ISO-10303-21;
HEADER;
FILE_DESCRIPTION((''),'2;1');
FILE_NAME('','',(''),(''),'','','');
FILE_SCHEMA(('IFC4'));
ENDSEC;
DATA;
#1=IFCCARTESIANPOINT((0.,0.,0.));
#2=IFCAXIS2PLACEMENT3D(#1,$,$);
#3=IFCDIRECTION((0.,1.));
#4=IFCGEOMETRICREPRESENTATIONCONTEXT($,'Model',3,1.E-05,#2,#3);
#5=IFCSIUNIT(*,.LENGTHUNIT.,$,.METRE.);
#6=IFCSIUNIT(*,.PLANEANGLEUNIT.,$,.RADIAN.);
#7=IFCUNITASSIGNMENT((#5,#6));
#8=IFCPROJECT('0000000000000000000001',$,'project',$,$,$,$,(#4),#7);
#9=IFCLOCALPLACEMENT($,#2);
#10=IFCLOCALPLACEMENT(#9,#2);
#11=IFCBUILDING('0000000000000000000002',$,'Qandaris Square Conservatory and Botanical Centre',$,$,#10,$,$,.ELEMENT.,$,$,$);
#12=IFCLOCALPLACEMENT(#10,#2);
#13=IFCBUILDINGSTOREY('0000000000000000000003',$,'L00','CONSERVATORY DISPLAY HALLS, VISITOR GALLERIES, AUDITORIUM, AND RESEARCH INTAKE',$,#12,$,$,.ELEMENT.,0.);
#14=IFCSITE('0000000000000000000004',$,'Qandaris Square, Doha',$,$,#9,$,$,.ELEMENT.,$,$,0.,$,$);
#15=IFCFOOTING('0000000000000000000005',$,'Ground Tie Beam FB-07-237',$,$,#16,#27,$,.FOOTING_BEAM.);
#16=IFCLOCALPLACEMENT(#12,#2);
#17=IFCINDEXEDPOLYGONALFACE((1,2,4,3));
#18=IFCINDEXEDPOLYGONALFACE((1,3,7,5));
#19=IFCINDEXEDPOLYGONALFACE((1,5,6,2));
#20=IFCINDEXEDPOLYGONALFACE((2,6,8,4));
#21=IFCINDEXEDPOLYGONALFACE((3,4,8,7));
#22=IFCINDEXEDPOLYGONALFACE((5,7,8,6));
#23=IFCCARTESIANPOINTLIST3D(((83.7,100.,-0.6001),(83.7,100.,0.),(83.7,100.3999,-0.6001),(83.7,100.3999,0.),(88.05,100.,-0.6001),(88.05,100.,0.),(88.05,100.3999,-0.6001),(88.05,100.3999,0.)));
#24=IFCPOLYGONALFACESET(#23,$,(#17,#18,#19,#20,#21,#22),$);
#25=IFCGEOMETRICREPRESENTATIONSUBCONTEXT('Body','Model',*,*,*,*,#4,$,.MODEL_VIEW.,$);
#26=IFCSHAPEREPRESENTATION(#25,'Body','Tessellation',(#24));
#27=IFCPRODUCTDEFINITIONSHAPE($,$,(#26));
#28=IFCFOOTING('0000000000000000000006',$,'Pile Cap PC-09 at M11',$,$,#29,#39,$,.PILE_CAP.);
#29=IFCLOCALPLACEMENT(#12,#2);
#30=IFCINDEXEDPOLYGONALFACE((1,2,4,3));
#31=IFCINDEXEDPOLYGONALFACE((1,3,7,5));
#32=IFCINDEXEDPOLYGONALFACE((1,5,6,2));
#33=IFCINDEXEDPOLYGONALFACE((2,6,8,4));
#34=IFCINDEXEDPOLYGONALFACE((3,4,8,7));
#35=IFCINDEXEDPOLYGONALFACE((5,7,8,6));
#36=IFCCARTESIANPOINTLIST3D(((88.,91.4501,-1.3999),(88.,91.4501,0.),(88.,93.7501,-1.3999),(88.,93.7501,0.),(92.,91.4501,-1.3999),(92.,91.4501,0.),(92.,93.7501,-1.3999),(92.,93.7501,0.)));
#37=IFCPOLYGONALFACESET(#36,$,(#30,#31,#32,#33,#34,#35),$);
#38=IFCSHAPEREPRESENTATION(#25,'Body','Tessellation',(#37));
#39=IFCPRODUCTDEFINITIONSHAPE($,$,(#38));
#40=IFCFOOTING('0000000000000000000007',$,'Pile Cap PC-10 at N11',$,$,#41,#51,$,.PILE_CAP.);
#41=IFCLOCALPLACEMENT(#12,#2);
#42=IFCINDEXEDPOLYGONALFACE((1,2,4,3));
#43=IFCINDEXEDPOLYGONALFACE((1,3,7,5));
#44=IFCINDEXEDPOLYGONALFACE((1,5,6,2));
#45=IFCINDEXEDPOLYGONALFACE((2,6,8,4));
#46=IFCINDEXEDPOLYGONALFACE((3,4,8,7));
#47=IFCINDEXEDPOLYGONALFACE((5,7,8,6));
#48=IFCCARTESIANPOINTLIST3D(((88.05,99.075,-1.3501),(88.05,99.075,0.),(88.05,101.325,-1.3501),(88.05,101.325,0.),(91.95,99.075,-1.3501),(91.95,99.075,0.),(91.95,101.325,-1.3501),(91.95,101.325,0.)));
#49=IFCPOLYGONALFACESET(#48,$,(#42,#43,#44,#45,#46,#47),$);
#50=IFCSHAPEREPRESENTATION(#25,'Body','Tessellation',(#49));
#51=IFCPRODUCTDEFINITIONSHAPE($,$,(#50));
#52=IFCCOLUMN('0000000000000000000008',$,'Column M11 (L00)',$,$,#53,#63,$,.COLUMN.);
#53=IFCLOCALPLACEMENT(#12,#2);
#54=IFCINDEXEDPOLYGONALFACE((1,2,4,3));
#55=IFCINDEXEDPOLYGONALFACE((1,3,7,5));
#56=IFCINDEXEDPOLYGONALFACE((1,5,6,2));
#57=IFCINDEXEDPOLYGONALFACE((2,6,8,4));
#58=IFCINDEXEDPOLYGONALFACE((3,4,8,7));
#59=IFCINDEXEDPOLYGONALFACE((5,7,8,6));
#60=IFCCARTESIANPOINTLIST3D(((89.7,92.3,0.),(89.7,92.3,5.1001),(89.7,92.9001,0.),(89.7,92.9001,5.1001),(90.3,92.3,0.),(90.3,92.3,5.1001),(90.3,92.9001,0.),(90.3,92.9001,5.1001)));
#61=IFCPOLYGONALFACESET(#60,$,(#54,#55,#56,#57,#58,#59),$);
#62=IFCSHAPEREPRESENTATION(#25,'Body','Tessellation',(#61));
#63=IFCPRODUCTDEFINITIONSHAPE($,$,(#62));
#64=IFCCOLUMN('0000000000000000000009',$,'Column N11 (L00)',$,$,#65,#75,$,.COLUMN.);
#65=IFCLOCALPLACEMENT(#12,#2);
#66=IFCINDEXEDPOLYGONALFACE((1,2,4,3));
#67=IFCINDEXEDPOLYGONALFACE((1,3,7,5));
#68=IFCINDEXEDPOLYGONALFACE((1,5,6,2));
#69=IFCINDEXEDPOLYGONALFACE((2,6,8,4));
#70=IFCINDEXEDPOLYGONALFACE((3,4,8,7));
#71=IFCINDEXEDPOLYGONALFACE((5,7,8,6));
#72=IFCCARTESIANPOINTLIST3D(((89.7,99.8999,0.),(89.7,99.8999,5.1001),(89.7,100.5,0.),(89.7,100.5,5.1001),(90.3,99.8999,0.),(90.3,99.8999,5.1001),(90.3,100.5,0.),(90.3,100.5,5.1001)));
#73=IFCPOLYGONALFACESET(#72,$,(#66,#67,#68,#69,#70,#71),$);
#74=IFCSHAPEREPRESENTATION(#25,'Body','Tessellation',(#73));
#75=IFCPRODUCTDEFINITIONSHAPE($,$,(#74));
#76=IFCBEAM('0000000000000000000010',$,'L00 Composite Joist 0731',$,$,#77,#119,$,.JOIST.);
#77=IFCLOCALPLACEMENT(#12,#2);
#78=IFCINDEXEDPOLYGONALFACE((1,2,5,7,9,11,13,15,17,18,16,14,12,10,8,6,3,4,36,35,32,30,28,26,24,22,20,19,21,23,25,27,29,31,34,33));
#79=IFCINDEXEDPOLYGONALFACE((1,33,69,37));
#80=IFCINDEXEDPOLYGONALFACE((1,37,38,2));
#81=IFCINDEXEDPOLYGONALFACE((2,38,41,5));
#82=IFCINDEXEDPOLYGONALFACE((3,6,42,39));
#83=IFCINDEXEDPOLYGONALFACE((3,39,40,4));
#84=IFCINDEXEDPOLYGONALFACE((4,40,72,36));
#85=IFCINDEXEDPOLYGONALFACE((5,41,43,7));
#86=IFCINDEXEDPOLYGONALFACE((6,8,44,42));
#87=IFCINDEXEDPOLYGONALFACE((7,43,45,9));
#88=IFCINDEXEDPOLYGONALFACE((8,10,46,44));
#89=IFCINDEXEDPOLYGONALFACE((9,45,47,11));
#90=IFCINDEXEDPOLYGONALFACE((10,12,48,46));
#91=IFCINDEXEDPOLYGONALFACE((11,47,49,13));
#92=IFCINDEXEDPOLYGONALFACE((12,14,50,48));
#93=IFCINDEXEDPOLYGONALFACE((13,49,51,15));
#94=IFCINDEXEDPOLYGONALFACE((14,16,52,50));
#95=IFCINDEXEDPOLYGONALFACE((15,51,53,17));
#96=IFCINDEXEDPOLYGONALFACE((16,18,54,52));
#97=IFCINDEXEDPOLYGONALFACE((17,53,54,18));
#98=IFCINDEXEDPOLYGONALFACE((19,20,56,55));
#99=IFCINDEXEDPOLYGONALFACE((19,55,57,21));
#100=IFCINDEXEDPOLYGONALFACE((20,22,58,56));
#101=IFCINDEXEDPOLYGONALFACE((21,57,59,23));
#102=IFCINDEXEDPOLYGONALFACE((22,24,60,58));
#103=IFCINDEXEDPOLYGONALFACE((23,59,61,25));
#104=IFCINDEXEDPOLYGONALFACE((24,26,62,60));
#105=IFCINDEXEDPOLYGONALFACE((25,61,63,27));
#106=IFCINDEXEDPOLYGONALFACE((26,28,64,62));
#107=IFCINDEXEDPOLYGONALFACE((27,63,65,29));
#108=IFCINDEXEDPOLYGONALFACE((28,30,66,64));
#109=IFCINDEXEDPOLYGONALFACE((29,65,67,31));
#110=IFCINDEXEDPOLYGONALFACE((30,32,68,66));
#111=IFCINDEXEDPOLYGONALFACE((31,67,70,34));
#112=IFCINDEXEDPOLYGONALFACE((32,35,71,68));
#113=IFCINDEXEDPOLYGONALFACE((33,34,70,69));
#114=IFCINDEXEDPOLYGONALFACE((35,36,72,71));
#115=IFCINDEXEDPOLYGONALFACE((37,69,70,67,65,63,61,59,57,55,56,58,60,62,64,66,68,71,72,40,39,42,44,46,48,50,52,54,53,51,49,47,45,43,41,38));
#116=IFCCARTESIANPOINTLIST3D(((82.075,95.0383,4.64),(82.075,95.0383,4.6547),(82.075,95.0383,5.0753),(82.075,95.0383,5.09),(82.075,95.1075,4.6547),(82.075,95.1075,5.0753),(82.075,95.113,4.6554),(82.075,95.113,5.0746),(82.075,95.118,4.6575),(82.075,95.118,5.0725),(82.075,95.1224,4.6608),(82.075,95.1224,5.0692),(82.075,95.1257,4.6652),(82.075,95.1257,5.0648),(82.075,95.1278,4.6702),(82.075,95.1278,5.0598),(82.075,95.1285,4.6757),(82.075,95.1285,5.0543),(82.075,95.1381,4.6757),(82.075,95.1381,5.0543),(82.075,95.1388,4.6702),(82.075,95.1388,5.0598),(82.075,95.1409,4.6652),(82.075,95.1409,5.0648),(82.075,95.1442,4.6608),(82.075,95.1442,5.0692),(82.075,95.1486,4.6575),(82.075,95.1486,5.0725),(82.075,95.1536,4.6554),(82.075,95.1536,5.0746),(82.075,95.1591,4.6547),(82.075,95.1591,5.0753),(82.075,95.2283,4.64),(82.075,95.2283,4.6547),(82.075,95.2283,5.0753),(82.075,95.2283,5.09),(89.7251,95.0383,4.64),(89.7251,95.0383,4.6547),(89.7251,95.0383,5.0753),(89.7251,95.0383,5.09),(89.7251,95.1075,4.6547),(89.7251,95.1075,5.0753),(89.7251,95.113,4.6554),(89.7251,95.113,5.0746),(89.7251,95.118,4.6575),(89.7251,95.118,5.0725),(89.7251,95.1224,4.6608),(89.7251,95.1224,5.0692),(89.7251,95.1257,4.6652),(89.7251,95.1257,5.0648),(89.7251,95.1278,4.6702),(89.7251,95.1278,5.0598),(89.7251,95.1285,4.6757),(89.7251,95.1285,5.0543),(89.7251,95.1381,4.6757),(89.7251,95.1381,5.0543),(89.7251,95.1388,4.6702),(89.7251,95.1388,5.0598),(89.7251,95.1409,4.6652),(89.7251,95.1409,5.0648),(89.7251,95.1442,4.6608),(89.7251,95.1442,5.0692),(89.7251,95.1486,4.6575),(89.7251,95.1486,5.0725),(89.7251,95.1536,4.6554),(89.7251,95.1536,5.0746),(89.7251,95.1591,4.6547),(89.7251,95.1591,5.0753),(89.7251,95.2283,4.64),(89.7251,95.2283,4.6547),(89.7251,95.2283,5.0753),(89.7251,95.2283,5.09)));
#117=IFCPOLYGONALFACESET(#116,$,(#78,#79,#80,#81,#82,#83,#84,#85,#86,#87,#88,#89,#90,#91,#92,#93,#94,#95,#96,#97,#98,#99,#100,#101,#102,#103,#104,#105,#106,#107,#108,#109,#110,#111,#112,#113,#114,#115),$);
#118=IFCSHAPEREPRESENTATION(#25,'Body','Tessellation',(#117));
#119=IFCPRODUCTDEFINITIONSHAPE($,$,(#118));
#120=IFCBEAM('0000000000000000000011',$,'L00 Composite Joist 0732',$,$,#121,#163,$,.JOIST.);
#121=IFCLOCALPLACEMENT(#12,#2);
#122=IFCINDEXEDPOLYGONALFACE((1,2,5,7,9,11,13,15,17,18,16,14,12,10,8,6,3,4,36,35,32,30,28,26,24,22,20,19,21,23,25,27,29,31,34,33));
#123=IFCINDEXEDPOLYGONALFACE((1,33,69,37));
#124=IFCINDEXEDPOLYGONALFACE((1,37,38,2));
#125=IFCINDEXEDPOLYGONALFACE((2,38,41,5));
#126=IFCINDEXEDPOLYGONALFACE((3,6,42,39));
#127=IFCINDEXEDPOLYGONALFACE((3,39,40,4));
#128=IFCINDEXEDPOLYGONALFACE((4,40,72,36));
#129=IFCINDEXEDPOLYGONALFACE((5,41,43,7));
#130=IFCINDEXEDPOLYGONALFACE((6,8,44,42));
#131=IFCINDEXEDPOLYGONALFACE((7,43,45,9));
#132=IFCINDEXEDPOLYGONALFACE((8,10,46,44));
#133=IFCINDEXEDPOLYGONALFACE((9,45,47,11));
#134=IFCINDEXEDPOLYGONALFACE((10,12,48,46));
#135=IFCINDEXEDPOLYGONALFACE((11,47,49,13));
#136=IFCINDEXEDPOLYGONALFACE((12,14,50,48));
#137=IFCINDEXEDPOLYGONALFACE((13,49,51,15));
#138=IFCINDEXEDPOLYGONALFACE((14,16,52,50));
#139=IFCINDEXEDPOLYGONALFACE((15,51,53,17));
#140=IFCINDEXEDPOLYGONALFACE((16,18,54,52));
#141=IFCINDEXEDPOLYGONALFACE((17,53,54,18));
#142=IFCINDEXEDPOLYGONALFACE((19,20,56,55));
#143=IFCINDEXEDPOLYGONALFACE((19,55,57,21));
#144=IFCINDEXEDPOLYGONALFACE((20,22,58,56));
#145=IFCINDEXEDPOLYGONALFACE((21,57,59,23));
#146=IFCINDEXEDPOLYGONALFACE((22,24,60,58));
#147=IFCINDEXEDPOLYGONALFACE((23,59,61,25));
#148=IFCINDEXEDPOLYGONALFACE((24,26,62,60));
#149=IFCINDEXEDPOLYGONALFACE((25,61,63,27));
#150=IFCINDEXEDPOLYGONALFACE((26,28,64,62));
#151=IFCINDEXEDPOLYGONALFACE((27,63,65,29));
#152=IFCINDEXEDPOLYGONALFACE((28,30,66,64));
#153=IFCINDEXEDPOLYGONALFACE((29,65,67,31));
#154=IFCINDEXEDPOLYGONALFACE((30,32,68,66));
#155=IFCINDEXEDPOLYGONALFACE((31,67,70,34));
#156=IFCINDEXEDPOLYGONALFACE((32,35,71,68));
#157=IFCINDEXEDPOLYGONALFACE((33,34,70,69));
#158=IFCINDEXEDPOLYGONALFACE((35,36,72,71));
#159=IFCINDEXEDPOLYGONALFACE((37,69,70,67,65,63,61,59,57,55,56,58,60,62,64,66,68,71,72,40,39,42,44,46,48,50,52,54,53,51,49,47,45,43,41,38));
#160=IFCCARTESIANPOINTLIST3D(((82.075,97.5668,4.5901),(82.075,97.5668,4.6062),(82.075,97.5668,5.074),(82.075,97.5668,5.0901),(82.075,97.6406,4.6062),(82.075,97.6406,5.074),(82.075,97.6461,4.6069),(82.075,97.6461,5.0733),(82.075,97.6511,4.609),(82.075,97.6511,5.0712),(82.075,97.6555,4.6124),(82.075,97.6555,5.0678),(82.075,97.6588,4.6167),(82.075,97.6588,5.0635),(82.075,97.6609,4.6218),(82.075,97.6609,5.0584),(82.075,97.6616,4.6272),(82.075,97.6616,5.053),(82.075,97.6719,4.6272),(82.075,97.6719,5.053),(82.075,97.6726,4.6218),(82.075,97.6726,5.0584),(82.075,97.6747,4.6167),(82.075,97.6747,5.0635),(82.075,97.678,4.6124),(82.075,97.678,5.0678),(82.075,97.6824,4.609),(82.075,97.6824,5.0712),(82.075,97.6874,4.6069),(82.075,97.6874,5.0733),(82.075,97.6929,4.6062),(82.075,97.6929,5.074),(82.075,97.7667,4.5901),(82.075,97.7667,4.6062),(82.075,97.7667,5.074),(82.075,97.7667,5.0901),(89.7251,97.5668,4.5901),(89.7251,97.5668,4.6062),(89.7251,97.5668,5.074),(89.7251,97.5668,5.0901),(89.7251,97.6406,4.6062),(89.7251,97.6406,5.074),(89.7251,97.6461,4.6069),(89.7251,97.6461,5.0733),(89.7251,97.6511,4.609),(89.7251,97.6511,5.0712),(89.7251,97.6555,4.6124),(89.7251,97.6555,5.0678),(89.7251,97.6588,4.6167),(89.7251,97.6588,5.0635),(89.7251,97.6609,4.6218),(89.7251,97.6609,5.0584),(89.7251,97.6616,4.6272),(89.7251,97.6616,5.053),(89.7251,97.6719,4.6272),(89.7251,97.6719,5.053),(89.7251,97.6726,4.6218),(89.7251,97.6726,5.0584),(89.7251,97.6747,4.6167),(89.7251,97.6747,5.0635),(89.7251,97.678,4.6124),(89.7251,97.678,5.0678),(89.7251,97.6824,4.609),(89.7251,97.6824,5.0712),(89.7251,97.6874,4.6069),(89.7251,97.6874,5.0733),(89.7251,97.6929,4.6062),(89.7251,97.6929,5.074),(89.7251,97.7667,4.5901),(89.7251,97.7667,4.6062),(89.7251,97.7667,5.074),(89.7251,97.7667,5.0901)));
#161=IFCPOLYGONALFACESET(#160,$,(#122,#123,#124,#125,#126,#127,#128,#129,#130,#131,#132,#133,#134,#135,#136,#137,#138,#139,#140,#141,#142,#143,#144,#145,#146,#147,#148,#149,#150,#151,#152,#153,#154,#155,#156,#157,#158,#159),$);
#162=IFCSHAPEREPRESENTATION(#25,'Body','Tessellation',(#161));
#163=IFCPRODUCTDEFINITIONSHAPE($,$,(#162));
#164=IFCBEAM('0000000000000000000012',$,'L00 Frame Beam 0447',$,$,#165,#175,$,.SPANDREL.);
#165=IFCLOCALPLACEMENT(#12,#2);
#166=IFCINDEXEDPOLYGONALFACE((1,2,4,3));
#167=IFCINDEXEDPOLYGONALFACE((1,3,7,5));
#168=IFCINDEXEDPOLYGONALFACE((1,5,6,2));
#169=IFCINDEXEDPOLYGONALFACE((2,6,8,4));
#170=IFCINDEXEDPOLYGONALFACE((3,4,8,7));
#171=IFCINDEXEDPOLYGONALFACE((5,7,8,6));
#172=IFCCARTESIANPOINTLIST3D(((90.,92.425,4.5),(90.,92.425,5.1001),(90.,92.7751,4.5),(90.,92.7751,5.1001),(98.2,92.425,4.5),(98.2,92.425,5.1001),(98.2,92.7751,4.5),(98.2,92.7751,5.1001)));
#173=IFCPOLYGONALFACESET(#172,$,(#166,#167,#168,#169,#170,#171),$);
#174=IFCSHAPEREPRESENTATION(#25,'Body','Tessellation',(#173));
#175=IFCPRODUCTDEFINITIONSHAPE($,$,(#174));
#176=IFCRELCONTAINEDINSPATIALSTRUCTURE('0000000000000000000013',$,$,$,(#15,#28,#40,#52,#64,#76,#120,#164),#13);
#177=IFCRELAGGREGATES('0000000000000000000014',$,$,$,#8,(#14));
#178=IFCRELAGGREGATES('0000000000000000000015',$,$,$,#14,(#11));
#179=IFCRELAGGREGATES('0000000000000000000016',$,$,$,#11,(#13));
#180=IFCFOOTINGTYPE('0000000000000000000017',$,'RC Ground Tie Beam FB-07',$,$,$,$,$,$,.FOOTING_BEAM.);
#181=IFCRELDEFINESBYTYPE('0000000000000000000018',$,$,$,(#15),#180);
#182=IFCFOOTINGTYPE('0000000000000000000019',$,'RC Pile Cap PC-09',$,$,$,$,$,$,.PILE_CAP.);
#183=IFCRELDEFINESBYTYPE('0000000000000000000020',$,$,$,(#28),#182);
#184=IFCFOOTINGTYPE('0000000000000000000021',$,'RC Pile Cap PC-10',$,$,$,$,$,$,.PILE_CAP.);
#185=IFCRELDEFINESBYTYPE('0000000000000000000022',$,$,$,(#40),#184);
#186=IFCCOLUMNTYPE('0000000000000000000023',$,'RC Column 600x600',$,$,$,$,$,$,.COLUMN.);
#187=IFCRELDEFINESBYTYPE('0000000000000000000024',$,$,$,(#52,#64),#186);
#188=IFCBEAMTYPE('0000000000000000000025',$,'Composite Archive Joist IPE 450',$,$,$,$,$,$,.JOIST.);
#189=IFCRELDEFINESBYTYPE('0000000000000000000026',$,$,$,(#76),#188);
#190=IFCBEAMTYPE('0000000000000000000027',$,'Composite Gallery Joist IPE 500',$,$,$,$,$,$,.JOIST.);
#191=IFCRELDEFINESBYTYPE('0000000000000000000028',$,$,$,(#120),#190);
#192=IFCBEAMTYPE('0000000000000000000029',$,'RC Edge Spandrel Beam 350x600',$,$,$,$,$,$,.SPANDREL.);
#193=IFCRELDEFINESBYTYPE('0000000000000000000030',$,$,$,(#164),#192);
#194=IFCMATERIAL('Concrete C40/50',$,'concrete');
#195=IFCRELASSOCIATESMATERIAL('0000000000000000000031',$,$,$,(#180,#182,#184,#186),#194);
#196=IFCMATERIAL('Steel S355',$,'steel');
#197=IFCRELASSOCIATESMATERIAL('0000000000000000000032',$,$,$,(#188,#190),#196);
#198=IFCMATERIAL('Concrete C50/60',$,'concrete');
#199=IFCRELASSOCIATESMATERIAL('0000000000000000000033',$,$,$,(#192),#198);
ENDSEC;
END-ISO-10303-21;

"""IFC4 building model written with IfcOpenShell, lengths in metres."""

from ifc_helpers import new_model, si_unit, direction, frame, origin, origin_2d, place, context, subcontext, project, spatial, rectangle, i_section, extrude, material, material_profile, profile_set, type_object, element, save


model = new_model("IFC4")

# Units and contexts
model_context = context("Model", 3, precision=1e-05, world=origin(), true_north=direction((0.0, 1.0)))
body_context = subcontext(model_context, "Body", "Model", "MODEL_VIEW")
ifc_project = project(units=[si_unit("LENGTHUNIT", "METRE"), si_unit("PLANEANGLEUNIT", "RADIAN")], contexts=[model_context])

# Site, building, storey
site_placement = place(None, origin())
site = spatial("IfcSite", under=ifc_project, at=site_placement, Name="Qandaris Square, Doha", CompositionType="ELEMENT", RefElevation=0.0)
building_placement = place(site_placement, origin())
building = spatial("IfcBuilding", under=site, at=building_placement, Name="Qandaris Square Conservatory and Botanical Centre", CompositionType="ELEMENT")
storey_placement = place(building_placement, origin())
storey = spatial("IfcBuildingStorey", under=building, at=storey_placement, Name="L00", Description="CONSERVATORY DISPLAY HALLS, VISITOR GALLERIES, AUDITORIUM, AND RESEARCH INTAKE", CompositionType="ELEMENT", Elevation=0.0)

# Shared definitions
ifc_material_1 = material(Name="Concrete C50/60", Category="concrete")

# Footings
ifc_material_2 = material(Name="Concrete C40/50", Category="concrete")
ifc_material_profile_1 = material_profile(ifc_material_2, rectangle(XDim=0.3999, YDim=0.6001, at=origin_2d()), Name="FB 400x600")
ifc_profile_set_1 = profile_set([ifc_material_profile_1], Name="Concrete C40/50")
footing_type_1 = type_object("IfcFootingType", Name="RC Ground Tie Beam FB-07", PredefinedType="FOOTING_BEAM", material=ifc_profile_set_1)
footing_1_placement = place(storey_placement, frame((83.7, 100.2, -0.3), z_axis=(1.0, 0.0, 0.0), x_axis=(0.0, 1.0, 0.0)))
element("IfcFooting", 1, at=footing_1_placement, inside=storey, type_object=footing_type_1, Name="Ground Tie Beam FB-07-237", PredefinedType="FOOTING_BEAM", context=body_context, shape_type="SweptSolid", body=[
    extrude(rectangle(XDim=0.3999, YDim=0.6001, at=origin_2d()), origin(), (0.0, 0.0, 1.0), 4.3501),
])
footing_type_2 = type_object("IfcFootingType", Name="RC Pile Cap PC-09", PredefinedType="PILE_CAP", material=ifc_material_2)
footing_2_placement = place(storey_placement, frame((90.0, 92.6001, -1.3999), z_axis=(0.0, 0.0, 1.0), x_axis=(1.0, 0.0, 0.0)))
element("IfcFooting", 2, at=footing_2_placement, inside=storey, type_object=footing_type_2, Name="Pile Cap PC-09 at M11", PredefinedType="PILE_CAP", context=body_context, shape_type="SweptSolid", body=[
    extrude(rectangle(XDim=4.0, YDim=2.3, at=origin_2d()), origin(), (0.0, 0.0, 1.0), 1.3999),
])
footing_type_3 = type_object("IfcFootingType", Name="RC Pile Cap PC-10", PredefinedType="PILE_CAP", material=ifc_material_2)
footing_3_placement = place(storey_placement, frame((90.0, 100.2, -1.3501), z_axis=(0.0, 0.0, 1.0), x_axis=(1.0, 0.0, 0.0)))
element("IfcFooting", 3, at=footing_3_placement, inside=storey, type_object=footing_type_3, Name="Pile Cap PC-10 at N11", PredefinedType="PILE_CAP", context=body_context, shape_type="SweptSolid", body=[
    extrude(rectangle(XDim=3.8999, YDim=2.25, at=origin_2d()), origin(), (0.0, 0.0, 1.0), 1.3501),
])

# Columns
ifc_material_profile_2 = material_profile(ifc_material_2, rectangle(XDim=0.6001, YDim=0.6001, at=origin_2d()), Name="RC-COL 600x600")
ifc_profile_set_2 = profile_set([ifc_material_profile_2], Name="Concrete C40/50")
column_type = type_object("IfcColumnType", Name="RC Column 600x600", PredefinedType="COLUMN", material=ifc_profile_set_2)
for number, where, z_axis, x_axis, name in (
    (4, (90.0, 92.6001, 0.0), (0.0, 0.0, 1.0), (1.0, 0.0, 0.0), "Column M11 (L00)"),
    (5, (90.0, 100.2, 0.0), (0.0, 0.0, 1.0), (1.0, 0.0, 0.0), "Column N11 (L00)"),
):
    element("IfcColumn", number, at=place(storey_placement, frame(where, z_axis=z_axis, x_axis=x_axis)), inside=storey, type_object=column_type, Name=name, PredefinedType="COLUMN", context=body_context, shape_type="SweptSolid", body=[
        extrude(rectangle(XDim=0.6001, YDim=0.6001, at=origin_2d()), origin(), (0.0, 0.0, 1.0), 5.1001),
    ])

# Beams
ifc_material_3 = material(Name="Steel S355", Category="steel")
ifc_material_profile_3 = material_profile(ifc_material_3, i_section(OverallWidth=0.1899, OverallDepth=0.45, WebThickness=0.0095, FlangeThickness=0.0146, FilletRadius=0.021, at=origin_2d()), Name="IPE 450")
ifc_profile_set_3 = profile_set([ifc_material_profile_3], Name="Steel S355")
beam_type_1 = type_object("IfcBeamType", Name="Composite Archive Joist IPE 450", PredefinedType="JOIST", material=ifc_profile_set_3)
beam_1_placement = place(storey_placement, frame((82.075, 95.1333, 4.865), z_axis=(1.0, 0.0, 0.0), x_axis=(0.0, 1.0, 0.0)))
element("IfcBeam", 6, at=beam_1_placement, inside=storey, type_object=beam_type_1, Name="L00 Composite Joist 0731", PredefinedType="JOIST", context=body_context, shape_type="SweptSolid", body=[
    extrude(i_section(OverallWidth=0.1899, OverallDepth=0.45, WebThickness=0.0095, FlangeThickness=0.0146, FilletRadius=0.021, at=origin_2d()), origin(), (0.0, 0.0, 1.0), 7.6501),
])
ifc_material_profile_4 = material_profile(ifc_material_3, i_section(OverallWidth=0.2, OverallDepth=0.5, WebThickness=0.0103, FlangeThickness=0.0161, FilletRadius=0.021, at=origin_2d()), Name="IPE 500")
ifc_profile_set_4 = profile_set([ifc_material_profile_4], Name="Steel S355")
beam_type_2 = type_object("IfcBeamType", Name="Composite Gallery Joist IPE 500", PredefinedType="JOIST", material=ifc_profile_set_4)
beam_2_placement = place(storey_placement, frame((82.075, 97.6667, 4.8401), z_axis=(1.0, 0.0, 0.0), x_axis=(0.0, 1.0, 0.0)))
element("IfcBeam", 7, at=beam_2_placement, inside=storey, type_object=beam_type_2, Name="L00 Composite Joist 0732", PredefinedType="JOIST", context=body_context, shape_type="SweptSolid", body=[
    extrude(i_section(OverallWidth=0.2, OverallDepth=0.5, WebThickness=0.0103, FlangeThickness=0.0161, FilletRadius=0.021, at=origin_2d()), origin(), (0.0, 0.0, 1.0), 7.6501),
])
ifc_material_profile_5 = material_profile(ifc_material_1, rectangle(XDim=0.3501, YDim=0.6001, at=origin_2d()), Name="RC-SP 350x600")
ifc_profile_set_5 = profile_set([ifc_material_profile_5], Name="Concrete C50/60")
beam_type_3 = type_object("IfcBeamType", Name="RC Edge Spandrel Beam 350x600", PredefinedType="SPANDREL", material=ifc_profile_set_5)
beam_3_placement = place(storey_placement, frame((90.0, 92.6001, 4.8), z_axis=(1.0, 0.0, 0.0), x_axis=(0.0, 1.0, 0.0)))
element("IfcBeam", 8, at=beam_3_placement, inside=storey, type_object=beam_type_3, Name="L00 Frame Beam 0447", PredefinedType="SPANDREL", context=body_context, shape_type="SweptSolid", body=[
    extrude(rectangle(XDim=0.3501, YDim=0.6001, at=origin_2d()), origin(), (0.0, 0.0, 1.0), 8.2),
])

save(model, "model.ifc")
